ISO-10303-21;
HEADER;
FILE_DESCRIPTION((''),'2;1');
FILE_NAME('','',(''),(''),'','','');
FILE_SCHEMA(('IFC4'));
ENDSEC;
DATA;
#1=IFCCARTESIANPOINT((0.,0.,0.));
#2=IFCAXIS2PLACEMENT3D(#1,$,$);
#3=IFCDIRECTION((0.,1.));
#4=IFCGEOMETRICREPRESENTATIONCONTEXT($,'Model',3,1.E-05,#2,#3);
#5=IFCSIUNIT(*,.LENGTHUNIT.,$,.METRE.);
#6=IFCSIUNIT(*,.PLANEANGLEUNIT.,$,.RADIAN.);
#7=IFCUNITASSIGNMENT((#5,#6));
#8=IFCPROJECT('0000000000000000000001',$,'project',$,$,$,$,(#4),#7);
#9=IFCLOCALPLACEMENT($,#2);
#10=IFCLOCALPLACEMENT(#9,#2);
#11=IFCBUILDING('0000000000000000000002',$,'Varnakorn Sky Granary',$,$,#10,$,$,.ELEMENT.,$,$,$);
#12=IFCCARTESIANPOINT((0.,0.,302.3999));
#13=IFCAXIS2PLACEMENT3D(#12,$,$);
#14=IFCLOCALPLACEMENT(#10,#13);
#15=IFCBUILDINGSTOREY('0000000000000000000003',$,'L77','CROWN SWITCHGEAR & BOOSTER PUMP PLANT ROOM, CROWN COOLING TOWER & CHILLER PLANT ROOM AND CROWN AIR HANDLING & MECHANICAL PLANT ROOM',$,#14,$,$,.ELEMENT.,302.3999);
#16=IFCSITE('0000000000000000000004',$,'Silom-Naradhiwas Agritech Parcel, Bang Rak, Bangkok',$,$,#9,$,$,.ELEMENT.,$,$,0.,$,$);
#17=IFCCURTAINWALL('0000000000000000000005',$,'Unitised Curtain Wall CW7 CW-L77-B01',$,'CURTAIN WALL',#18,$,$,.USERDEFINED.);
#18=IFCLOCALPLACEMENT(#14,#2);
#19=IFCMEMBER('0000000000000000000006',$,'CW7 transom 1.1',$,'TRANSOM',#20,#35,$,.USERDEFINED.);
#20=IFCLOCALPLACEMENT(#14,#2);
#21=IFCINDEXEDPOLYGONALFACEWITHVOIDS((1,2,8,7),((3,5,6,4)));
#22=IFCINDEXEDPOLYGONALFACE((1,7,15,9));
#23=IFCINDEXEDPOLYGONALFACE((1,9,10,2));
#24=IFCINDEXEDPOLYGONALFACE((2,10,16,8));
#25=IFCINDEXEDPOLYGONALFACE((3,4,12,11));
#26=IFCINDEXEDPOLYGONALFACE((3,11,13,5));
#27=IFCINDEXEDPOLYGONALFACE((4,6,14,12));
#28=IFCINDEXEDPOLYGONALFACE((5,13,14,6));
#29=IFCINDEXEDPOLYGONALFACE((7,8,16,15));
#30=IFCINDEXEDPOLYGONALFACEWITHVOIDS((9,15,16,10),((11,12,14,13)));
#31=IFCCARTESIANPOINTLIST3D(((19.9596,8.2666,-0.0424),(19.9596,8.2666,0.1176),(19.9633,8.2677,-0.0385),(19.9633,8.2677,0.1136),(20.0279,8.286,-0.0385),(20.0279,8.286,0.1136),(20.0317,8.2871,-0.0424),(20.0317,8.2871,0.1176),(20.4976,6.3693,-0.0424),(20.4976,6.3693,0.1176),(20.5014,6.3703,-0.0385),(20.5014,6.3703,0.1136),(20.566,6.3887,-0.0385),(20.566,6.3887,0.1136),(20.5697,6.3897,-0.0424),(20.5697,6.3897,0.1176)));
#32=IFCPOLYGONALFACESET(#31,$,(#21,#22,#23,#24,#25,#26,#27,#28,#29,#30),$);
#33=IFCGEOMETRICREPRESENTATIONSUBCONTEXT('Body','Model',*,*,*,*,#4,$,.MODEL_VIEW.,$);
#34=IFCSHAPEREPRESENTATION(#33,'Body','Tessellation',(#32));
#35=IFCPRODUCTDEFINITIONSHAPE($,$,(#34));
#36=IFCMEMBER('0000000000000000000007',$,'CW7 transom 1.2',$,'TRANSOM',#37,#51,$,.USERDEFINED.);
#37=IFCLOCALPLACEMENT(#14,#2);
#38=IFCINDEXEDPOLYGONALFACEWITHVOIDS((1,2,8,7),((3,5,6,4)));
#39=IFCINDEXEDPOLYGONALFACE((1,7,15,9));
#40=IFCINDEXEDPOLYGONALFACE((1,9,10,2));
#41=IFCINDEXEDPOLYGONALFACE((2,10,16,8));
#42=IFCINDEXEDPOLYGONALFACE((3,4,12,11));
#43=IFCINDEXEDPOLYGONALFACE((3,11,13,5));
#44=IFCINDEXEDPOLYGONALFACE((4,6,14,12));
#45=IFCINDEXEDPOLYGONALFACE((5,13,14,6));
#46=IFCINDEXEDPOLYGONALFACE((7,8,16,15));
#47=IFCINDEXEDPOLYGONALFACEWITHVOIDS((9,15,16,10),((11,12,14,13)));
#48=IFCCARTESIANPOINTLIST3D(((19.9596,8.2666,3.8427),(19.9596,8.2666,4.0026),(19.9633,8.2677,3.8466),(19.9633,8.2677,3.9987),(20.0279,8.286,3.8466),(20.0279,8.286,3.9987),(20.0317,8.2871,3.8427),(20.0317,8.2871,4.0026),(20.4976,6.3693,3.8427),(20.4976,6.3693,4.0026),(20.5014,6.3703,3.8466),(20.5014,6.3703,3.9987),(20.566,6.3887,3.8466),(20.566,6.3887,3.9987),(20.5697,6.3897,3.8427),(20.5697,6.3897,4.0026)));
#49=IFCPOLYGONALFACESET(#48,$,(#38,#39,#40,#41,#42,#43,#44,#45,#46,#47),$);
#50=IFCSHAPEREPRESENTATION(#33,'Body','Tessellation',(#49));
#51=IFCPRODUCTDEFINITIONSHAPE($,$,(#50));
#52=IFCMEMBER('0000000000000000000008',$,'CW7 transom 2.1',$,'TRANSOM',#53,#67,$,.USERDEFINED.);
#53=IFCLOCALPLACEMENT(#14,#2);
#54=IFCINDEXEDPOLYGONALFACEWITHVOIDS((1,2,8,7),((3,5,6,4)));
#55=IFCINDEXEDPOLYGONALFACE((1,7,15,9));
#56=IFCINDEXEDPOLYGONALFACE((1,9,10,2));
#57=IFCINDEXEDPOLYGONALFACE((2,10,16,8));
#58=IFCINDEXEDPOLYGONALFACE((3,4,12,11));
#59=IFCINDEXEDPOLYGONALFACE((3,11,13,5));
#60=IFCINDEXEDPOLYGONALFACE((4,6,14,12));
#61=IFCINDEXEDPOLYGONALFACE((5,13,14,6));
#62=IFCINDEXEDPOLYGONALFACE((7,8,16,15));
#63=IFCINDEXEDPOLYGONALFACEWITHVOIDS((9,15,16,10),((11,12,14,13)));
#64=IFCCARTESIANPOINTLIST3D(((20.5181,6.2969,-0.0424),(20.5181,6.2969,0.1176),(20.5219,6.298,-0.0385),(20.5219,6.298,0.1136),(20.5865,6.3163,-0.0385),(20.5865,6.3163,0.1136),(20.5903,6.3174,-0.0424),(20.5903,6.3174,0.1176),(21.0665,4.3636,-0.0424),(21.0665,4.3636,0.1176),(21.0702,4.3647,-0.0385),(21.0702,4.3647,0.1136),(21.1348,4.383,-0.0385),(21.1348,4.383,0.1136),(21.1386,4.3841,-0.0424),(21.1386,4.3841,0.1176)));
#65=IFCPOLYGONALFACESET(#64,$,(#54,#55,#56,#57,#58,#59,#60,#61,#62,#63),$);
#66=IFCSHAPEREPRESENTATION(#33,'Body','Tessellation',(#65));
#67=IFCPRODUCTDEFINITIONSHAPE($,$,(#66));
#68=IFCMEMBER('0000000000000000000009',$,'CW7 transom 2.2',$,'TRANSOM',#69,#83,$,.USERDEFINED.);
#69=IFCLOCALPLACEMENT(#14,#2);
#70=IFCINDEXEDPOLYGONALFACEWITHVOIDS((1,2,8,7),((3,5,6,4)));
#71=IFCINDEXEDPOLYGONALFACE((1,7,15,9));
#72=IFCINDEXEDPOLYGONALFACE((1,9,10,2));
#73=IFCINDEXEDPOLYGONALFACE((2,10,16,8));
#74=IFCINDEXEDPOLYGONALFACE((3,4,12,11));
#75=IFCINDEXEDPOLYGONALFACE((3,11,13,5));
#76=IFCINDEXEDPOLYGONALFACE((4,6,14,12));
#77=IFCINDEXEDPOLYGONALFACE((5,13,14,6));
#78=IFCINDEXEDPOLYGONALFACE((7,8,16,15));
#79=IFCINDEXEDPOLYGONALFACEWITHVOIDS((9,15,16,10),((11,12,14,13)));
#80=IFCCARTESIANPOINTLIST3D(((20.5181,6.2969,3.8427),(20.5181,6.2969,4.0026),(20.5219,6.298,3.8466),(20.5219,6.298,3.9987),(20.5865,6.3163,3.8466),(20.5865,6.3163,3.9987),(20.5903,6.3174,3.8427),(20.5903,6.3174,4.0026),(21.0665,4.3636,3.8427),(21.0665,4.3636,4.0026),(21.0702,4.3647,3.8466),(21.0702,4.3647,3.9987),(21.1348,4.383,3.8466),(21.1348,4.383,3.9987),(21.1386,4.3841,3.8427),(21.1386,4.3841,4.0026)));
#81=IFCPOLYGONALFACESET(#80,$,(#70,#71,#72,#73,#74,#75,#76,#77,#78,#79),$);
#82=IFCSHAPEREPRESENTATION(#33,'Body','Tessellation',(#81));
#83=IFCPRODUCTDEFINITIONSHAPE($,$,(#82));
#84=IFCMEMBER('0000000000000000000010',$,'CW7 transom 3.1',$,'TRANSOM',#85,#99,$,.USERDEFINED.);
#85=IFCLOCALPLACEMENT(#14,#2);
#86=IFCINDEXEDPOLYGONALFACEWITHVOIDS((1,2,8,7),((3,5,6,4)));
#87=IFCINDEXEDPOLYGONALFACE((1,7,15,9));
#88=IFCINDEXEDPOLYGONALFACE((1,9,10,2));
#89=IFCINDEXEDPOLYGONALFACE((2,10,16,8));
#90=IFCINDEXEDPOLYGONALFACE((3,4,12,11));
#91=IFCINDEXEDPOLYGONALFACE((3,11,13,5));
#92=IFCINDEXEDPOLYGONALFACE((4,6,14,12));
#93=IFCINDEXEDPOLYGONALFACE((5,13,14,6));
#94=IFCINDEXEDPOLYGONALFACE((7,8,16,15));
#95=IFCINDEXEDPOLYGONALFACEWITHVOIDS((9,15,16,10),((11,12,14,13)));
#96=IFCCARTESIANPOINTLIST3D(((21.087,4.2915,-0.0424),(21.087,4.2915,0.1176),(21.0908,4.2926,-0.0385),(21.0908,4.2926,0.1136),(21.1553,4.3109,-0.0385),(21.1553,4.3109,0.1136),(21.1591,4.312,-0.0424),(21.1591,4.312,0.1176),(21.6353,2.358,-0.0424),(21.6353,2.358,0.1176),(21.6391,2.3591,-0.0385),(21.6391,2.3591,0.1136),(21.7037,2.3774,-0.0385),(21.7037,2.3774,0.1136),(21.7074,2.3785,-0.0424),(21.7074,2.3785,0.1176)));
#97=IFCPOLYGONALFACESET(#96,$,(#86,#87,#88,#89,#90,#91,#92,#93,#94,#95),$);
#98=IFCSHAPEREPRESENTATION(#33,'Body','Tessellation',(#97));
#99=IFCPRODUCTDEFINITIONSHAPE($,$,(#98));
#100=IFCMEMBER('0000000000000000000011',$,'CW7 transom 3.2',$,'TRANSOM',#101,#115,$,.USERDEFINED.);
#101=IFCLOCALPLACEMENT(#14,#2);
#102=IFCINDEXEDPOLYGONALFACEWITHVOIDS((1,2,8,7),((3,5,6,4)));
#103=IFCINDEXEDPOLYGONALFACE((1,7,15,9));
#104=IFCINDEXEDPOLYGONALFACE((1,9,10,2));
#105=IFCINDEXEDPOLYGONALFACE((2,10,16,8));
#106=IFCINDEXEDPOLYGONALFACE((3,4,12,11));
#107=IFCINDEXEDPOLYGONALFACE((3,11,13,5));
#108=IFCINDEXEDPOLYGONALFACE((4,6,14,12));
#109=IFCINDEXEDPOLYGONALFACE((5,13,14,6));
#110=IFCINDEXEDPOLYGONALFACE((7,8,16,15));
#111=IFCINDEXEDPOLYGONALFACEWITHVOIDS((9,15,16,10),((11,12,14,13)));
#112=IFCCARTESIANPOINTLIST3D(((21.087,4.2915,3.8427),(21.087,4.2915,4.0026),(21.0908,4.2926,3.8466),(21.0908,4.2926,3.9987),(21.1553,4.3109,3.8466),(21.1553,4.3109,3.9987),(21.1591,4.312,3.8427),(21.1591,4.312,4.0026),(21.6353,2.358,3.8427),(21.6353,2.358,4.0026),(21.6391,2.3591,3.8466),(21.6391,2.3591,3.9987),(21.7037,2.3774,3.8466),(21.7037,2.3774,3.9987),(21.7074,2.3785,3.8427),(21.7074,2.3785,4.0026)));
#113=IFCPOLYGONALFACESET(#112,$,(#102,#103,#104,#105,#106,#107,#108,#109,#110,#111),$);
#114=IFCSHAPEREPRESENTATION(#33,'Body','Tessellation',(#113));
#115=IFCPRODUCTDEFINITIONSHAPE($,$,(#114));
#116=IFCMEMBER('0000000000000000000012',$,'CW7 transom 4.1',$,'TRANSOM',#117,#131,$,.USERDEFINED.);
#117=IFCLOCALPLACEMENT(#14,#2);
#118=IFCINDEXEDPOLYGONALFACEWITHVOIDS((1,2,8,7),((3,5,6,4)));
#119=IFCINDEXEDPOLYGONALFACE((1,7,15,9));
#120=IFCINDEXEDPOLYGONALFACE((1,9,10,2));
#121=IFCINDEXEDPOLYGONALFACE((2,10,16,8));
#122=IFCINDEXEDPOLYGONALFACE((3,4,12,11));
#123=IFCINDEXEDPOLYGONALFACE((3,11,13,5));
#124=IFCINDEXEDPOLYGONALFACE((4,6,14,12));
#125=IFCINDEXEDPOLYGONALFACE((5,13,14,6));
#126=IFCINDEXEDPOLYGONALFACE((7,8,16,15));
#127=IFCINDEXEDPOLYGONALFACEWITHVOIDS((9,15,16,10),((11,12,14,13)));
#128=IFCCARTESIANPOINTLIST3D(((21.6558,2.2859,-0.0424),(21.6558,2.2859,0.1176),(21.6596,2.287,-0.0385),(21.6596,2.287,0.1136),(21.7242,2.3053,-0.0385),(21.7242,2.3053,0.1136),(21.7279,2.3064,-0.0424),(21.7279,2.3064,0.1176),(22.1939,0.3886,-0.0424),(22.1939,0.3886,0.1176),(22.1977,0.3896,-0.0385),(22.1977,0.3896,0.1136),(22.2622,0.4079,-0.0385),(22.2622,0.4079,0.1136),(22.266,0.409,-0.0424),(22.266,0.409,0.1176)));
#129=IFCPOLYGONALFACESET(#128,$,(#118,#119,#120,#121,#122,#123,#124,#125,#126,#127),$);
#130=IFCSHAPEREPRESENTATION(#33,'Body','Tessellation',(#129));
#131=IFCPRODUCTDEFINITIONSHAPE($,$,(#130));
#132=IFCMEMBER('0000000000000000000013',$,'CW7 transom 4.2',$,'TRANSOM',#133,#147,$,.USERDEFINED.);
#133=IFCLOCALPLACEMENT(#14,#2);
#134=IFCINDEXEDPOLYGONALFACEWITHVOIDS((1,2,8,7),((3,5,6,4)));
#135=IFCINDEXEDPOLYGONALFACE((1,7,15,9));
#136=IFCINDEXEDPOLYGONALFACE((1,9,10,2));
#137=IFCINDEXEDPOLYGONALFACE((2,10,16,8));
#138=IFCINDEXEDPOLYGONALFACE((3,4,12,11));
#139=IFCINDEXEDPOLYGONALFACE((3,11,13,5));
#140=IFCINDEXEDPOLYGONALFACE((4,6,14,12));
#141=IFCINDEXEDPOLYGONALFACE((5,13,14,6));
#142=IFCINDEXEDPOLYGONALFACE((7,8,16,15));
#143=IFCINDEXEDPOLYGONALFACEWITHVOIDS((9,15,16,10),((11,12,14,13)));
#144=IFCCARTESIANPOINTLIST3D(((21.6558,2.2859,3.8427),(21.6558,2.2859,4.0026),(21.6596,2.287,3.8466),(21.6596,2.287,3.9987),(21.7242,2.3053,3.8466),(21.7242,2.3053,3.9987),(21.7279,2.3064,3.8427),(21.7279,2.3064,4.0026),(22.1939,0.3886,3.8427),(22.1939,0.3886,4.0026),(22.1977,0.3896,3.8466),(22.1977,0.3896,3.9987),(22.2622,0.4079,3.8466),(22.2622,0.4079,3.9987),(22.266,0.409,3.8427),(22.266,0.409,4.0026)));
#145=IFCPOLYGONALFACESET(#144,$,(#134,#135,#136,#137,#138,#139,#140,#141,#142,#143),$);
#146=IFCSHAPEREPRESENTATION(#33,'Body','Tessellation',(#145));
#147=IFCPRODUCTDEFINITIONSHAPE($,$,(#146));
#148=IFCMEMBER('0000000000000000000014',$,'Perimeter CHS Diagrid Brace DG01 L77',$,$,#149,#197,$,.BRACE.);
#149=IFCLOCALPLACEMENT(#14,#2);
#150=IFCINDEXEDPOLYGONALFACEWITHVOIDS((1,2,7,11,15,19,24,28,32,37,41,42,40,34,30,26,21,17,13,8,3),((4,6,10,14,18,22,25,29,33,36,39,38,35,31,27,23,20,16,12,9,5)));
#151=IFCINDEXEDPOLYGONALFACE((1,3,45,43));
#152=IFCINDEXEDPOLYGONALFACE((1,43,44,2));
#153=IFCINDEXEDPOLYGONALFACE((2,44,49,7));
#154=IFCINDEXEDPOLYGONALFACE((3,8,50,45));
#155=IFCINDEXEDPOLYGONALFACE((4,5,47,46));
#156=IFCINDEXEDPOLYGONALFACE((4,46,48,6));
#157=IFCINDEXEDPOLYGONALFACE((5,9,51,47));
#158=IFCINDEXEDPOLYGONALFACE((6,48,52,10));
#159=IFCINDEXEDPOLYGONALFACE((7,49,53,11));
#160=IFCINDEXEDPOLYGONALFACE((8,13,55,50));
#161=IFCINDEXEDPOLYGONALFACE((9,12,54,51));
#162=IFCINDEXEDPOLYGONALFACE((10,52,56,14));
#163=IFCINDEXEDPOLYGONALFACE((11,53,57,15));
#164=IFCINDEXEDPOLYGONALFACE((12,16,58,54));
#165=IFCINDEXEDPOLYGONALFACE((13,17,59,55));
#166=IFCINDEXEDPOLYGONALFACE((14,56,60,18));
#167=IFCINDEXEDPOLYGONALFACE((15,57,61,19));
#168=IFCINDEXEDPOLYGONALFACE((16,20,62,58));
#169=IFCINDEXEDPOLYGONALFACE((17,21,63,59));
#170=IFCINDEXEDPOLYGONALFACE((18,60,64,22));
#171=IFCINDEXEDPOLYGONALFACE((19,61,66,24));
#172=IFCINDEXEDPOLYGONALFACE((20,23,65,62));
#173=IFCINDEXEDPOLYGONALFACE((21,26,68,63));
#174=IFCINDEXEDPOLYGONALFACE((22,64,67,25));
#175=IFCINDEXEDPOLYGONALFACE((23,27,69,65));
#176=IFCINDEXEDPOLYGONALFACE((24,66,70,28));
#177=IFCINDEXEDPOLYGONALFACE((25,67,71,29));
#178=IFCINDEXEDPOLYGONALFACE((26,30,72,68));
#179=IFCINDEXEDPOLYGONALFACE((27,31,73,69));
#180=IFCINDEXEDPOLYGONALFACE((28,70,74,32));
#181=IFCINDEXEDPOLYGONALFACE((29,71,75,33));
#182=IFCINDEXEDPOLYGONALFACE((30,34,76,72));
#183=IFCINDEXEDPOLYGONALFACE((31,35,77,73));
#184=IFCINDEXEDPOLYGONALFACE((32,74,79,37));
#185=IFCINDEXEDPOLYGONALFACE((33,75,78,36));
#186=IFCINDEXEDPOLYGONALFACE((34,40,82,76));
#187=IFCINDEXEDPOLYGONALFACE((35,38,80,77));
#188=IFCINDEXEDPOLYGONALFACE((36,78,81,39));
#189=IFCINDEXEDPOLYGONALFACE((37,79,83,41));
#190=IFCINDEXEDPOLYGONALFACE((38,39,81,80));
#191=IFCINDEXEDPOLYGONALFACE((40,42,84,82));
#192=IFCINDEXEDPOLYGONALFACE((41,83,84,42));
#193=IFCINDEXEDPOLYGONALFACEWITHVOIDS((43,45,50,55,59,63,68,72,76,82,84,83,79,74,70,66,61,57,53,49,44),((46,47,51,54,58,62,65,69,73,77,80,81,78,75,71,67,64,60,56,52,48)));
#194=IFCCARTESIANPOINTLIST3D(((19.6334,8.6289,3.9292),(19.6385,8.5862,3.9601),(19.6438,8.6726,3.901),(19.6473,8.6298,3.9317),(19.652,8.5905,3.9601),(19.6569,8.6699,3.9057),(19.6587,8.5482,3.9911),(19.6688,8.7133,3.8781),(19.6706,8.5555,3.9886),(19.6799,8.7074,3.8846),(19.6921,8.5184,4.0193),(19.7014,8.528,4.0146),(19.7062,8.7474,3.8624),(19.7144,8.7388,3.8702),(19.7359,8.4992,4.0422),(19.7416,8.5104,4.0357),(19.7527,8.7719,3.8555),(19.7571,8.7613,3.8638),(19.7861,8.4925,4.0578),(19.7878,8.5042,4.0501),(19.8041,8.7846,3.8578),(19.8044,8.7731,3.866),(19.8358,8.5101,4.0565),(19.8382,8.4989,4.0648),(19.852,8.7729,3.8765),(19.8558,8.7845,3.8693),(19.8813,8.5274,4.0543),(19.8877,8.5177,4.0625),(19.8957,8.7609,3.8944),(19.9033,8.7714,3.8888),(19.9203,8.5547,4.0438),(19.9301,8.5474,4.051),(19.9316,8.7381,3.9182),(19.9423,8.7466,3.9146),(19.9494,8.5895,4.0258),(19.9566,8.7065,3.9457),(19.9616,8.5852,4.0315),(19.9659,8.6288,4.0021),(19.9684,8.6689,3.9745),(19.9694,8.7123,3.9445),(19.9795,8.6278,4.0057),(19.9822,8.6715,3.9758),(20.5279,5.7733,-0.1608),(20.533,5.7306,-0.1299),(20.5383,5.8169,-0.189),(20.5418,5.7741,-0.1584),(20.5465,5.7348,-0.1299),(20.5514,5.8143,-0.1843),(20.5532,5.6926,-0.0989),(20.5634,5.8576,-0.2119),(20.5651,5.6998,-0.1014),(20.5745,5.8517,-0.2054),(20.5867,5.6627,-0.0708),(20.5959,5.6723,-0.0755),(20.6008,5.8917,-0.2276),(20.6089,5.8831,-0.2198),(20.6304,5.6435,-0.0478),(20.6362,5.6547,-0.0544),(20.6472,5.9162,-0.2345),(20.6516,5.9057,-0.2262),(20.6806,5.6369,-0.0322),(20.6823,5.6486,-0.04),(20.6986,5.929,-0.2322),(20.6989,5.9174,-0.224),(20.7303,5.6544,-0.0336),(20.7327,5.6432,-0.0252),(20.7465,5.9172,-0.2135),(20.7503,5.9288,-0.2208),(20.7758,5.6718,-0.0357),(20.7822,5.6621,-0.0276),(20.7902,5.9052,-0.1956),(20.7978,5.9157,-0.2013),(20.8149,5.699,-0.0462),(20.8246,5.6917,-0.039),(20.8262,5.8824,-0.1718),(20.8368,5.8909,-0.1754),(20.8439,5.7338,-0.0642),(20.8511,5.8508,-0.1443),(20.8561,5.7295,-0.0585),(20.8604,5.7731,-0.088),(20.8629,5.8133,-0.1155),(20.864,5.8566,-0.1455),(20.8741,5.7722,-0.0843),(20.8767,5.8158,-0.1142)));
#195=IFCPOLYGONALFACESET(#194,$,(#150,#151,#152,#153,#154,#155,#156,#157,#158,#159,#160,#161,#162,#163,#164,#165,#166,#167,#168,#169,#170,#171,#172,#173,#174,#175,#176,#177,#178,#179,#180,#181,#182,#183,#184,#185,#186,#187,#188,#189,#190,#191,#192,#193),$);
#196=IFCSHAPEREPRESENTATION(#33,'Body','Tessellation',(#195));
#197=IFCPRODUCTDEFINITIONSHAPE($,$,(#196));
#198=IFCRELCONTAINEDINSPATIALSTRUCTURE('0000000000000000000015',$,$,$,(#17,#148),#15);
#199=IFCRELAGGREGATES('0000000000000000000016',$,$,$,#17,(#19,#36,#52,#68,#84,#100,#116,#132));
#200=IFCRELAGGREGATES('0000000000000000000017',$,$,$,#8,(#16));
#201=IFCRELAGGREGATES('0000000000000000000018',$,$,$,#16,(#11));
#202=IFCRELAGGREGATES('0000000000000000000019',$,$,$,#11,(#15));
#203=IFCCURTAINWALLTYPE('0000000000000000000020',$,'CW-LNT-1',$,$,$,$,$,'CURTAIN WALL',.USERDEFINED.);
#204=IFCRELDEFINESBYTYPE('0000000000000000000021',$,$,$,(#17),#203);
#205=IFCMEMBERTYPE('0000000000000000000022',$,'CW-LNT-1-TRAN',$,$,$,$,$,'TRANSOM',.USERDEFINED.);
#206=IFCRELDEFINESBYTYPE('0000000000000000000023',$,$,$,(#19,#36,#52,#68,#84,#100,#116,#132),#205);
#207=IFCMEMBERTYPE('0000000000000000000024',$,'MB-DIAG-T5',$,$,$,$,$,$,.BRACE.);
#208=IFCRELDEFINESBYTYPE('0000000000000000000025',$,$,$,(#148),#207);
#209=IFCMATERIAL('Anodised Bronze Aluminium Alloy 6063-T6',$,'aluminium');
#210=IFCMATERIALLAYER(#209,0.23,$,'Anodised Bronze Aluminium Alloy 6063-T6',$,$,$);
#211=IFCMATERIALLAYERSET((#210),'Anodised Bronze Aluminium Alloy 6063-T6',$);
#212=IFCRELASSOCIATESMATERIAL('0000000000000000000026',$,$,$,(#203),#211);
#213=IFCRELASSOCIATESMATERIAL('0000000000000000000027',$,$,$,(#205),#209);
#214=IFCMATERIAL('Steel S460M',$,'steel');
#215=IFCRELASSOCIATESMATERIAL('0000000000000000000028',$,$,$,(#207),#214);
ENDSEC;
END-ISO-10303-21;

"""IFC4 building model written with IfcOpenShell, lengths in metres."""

from ifc_helpers import new_model, si_unit, direction, frame, origin, origin_2d, place, context, subcontext, project, spatial, hollow_rectangle, hollow_circle, extrude, material, layer, layer_set, material_profile, profile_set, type_object, element, aggregate, save


model = new_model("IFC4")

# Units and contexts
model_context = context("Model", 3, precision=1e-05, world=origin(), true_north=direction((0.0, 1.0)))
body_context = subcontext(model_context, "Body", "Model", "MODEL_VIEW")
ifc_project = project(units=[si_unit("LENGTHUNIT", "METRE"), si_unit("PLANEANGLEUNIT", "RADIAN")], contexts=[model_context])

# Site, building, storey
site_placement = place(None, origin())
site = spatial("IfcSite", under=ifc_project, at=site_placement, Name="Silom-Naradhiwas Agritech Parcel, Bang Rak, Bangkok", CompositionType="ELEMENT", RefElevation=0.0)
building_placement = place(site_placement, origin())
building = spatial("IfcBuilding", under=site, at=building_placement, Name="Varnakorn Sky Granary", CompositionType="ELEMENT")
storey_placement = place(building_placement, frame((0.0, 0.0, 302.3999)))
storey = spatial("IfcBuildingStorey", under=building, at=storey_placement, Name="L77", Description="CROWN SWITCHGEAR & BOOSTER PUMP PLANT ROOM, CROWN COOLING TOWER & CHILLER PLANT ROOM AND CROWN AIR HANDLING & MECHANICAL PLANT ROOM", CompositionType="ELEMENT", Elevation=302.3999)

# Shared definitions
ifc_material_1 = material(Name="Steel S460M", Category="steel")

# Curtain wall
ifc_material_2 = material(Name="Anodised Bronze Aluminium Alloy 6063-T6", Category="aluminium")
ifc_layer_1 = layer(ifc_material_2, 0.23, Name="Anodised Bronze Aluminium Alloy 6063-T6")
ifc_layer_set_1 = layer_set([ifc_layer_1], Name="Anodised Bronze Aluminium Alloy 6063-T6")
curtain_wall_type = type_object("IfcCurtainWallType", Name="CW-LNT-1", ElementType="CURTAIN WALL", PredefinedType="USERDEFINED", material=ifc_layer_set_1)
curtain_wall_1_placement = place(storey_placement, origin())
curtain_wall_1 = element("IfcCurtainWall", 1, at=curtain_wall_1_placement, inside=storey, type_object=curtain_wall_type, Name="Unitised Curtain Wall CW7 CW-L77-B01", ObjectType="CURTAIN WALL", PredefinedType="USERDEFINED")

# Members
ifc_material_profile_1 = material_profile(ifc_material_2, hollow_rectangle(XDim=0.075, YDim=0.1599, WallThickness=0.0039, at=origin_2d()), Name="ALU TRAN 75x160")
ifc_profile_set_1 = profile_set([ifc_material_profile_1], Name="Anodised Bronze Aluminium Alloy 6063-T6")
member_type_1 = type_object("IfcMemberType", Name="CW-LNT-1-TRAN", ElementType="TRANSOM", PredefinedType="USERDEFINED", material=ifc_profile_set_1)
member_1_placement = place(storey_placement, frame((19.9956, 8.2769, 0.0376), z_axis=(0.272824, -0.962064, 0.0), x_axis=(0.962064, 0.272824, 0.0)))
member_1 = element("IfcMember", 2, at=member_1_placement, type_object=member_type_1, Name="CW7 transom 1.1", ObjectType="TRANSOM", PredefinedType="USERDEFINED", context=body_context, shape_type="SweptSolid", body=[
    extrude(hollow_rectangle(XDim=0.075, YDim=0.1599, WallThickness=0.0039, at=origin_2d()), origin(), (0.0, 0.0, 1.0), 1.9722),
])
member_2_placement = place(storey_placement, frame((19.9956, 8.2769, 3.9226), z_axis=(0.272824, -0.962064, 0.0), x_axis=(0.962064, 0.272824, 0.0)))
member_2 = element("IfcMember", 3, at=member_2_placement, type_object=member_type_1, Name="CW7 transom 1.2", ObjectType="TRANSOM", PredefinedType="USERDEFINED", context=body_context, shape_type="SweptSolid", body=[
    extrude(hollow_rectangle(XDim=0.075, YDim=0.1599, WallThickness=0.0039, at=origin_2d()), origin(), (0.0, 0.0, 1.0), 1.9722),
])
member_3_placement = place(storey_placement, frame((20.5542, 6.3071, 0.0376), z_axis=(0.272859, -0.962054, 0.0), x_axis=(0.962054, 0.272859, 0.0)))
member_3 = element("IfcMember", 4, at=member_3_placement, type_object=member_type_1, Name="CW7 transom 2.1", ObjectType="TRANSOM", PredefinedType="USERDEFINED", context=body_context, shape_type="SweptSolid", body=[
    extrude(hollow_rectangle(XDim=0.075, YDim=0.1599, WallThickness=0.0039, at=origin_2d()), origin(), (0.0, 0.0, 1.0), 2.0095),
])
member_4_placement = place(storey_placement, frame((20.5542, 6.3071, 3.9226), z_axis=(0.272859, -0.962054, 0.0), x_axis=(0.962054, 0.272859, 0.0)))
member_4 = element("IfcMember", 5, at=member_4_placement, type_object=member_type_1, Name="CW7 transom 2.2", ObjectType="TRANSOM", PredefinedType="USERDEFINED", context=body_context, shape_type="SweptSolid", body=[
    extrude(hollow_rectangle(XDim=0.075, YDim=0.1599, WallThickness=0.0039, at=origin_2d()), origin(), (0.0, 0.0, 1.0), 2.0095),
])
member_5_placement = place(storey_placement, frame((21.123, 4.3018, 0.0376), z_axis=(0.272827, -0.962063, 0.0), x_axis=(0.962063, 0.272827, 0.0)))
member_5 = element("IfcMember", 6, at=member_5_placement, type_object=member_type_1, Name="CW7 transom 3.1", ObjectType="TRANSOM", PredefinedType="USERDEFINED", context=body_context, shape_type="SweptSolid", body=[
    extrude(hollow_rectangle(XDim=0.075, YDim=0.1599, WallThickness=0.0039, at=origin_2d()), origin(), (0.0, 0.0, 1.0), 2.0098),
])
member_6_placement = place(storey_placement, frame((21.123, 4.3018, 3.9226), z_axis=(0.272827, -0.962063, 0.0), x_axis=(0.962063, 0.272827, 0.0)))
member_6 = element("IfcMember", 7, at=member_6_placement, type_object=member_type_1, Name="CW7 transom 3.2", ObjectType="TRANSOM", PredefinedType="USERDEFINED", context=body_context, shape_type="SweptSolid", body=[
    extrude(hollow_rectangle(XDim=0.075, YDim=0.1599, WallThickness=0.0039, at=origin_2d()), origin(), (0.0, 0.0, 1.0), 2.0098),
])
member_7_placement = place(storey_placement, frame((21.6919, 2.2961, 0.0376), z_axis=(0.272824, -0.962064, 0.0), x_axis=(0.962064, 0.272824, 0.0)))
member_7 = element("IfcMember", 8, at=member_7_placement, type_object=member_type_1, Name="CW7 transom 4.1", ObjectType="TRANSOM", PredefinedType="USERDEFINED", context=body_context, shape_type="SweptSolid", body=[
    extrude(hollow_rectangle(XDim=0.075, YDim=0.1599, WallThickness=0.0039, at=origin_2d()), origin(), (0.0, 0.0, 1.0), 1.9722),
])
member_8_placement = place(storey_placement, frame((21.6919, 2.2961, 3.9226), z_axis=(0.272824, -0.962064, 0.0), x_axis=(0.962064, 0.272824, 0.0)))
member_8 = element("IfcMember", 9, at=member_8_placement, type_object=member_type_1, Name="CW7 transom 4.2", ObjectType="TRANSOM", PredefinedType="USERDEFINED", context=body_context, shape_type="SweptSolid", body=[
    extrude(hollow_rectangle(XDim=0.075, YDim=0.1599, WallThickness=0.0039, at=origin_2d()), origin(), (0.0, 0.0, 1.0), 1.9722),
])
ifc_material_profile_2 = material_profile(ifc_material_1, hollow_circle(Radius=0.1777, WallThickness=0.0142, at=origin_2d()), Name="CHS 355.6x14")
ifc_profile_set_2 = profile_set([ifc_material_profile_2], Name="Steel S460M")
member_type_2 = type_object("IfcMemberType", Name="MB-DIAG-T5", PredefinedType="BRACE", material=ifc_profile_set_2)
member_9_placement = place(storey_placement, frame((20.7026, 5.7837, -0.1299), z_axis=(-0.176508, 0.563485, 0.80705), x_axis=(-0.954278, -0.298921, 0.0)))
element("IfcMember", 10, at=member_9_placement, inside=storey, type_object=member_type_2, Name="Perimeter CHS Diagrid Brace DG01 L77", PredefinedType="BRACE", context=body_context, shape_type="SweptSolid", body=[
    extrude(hollow_circle(Radius=0.1777, WallThickness=0.0142, at=origin_2d()), origin(), (0.0, 0.0, 1.0), 5.0679),
])

aggregate(curtain_wall_1, [member_1, member_2, member_3, member_4, member_5, member_6, member_7, member_8])

save(model, "model.ifc")
